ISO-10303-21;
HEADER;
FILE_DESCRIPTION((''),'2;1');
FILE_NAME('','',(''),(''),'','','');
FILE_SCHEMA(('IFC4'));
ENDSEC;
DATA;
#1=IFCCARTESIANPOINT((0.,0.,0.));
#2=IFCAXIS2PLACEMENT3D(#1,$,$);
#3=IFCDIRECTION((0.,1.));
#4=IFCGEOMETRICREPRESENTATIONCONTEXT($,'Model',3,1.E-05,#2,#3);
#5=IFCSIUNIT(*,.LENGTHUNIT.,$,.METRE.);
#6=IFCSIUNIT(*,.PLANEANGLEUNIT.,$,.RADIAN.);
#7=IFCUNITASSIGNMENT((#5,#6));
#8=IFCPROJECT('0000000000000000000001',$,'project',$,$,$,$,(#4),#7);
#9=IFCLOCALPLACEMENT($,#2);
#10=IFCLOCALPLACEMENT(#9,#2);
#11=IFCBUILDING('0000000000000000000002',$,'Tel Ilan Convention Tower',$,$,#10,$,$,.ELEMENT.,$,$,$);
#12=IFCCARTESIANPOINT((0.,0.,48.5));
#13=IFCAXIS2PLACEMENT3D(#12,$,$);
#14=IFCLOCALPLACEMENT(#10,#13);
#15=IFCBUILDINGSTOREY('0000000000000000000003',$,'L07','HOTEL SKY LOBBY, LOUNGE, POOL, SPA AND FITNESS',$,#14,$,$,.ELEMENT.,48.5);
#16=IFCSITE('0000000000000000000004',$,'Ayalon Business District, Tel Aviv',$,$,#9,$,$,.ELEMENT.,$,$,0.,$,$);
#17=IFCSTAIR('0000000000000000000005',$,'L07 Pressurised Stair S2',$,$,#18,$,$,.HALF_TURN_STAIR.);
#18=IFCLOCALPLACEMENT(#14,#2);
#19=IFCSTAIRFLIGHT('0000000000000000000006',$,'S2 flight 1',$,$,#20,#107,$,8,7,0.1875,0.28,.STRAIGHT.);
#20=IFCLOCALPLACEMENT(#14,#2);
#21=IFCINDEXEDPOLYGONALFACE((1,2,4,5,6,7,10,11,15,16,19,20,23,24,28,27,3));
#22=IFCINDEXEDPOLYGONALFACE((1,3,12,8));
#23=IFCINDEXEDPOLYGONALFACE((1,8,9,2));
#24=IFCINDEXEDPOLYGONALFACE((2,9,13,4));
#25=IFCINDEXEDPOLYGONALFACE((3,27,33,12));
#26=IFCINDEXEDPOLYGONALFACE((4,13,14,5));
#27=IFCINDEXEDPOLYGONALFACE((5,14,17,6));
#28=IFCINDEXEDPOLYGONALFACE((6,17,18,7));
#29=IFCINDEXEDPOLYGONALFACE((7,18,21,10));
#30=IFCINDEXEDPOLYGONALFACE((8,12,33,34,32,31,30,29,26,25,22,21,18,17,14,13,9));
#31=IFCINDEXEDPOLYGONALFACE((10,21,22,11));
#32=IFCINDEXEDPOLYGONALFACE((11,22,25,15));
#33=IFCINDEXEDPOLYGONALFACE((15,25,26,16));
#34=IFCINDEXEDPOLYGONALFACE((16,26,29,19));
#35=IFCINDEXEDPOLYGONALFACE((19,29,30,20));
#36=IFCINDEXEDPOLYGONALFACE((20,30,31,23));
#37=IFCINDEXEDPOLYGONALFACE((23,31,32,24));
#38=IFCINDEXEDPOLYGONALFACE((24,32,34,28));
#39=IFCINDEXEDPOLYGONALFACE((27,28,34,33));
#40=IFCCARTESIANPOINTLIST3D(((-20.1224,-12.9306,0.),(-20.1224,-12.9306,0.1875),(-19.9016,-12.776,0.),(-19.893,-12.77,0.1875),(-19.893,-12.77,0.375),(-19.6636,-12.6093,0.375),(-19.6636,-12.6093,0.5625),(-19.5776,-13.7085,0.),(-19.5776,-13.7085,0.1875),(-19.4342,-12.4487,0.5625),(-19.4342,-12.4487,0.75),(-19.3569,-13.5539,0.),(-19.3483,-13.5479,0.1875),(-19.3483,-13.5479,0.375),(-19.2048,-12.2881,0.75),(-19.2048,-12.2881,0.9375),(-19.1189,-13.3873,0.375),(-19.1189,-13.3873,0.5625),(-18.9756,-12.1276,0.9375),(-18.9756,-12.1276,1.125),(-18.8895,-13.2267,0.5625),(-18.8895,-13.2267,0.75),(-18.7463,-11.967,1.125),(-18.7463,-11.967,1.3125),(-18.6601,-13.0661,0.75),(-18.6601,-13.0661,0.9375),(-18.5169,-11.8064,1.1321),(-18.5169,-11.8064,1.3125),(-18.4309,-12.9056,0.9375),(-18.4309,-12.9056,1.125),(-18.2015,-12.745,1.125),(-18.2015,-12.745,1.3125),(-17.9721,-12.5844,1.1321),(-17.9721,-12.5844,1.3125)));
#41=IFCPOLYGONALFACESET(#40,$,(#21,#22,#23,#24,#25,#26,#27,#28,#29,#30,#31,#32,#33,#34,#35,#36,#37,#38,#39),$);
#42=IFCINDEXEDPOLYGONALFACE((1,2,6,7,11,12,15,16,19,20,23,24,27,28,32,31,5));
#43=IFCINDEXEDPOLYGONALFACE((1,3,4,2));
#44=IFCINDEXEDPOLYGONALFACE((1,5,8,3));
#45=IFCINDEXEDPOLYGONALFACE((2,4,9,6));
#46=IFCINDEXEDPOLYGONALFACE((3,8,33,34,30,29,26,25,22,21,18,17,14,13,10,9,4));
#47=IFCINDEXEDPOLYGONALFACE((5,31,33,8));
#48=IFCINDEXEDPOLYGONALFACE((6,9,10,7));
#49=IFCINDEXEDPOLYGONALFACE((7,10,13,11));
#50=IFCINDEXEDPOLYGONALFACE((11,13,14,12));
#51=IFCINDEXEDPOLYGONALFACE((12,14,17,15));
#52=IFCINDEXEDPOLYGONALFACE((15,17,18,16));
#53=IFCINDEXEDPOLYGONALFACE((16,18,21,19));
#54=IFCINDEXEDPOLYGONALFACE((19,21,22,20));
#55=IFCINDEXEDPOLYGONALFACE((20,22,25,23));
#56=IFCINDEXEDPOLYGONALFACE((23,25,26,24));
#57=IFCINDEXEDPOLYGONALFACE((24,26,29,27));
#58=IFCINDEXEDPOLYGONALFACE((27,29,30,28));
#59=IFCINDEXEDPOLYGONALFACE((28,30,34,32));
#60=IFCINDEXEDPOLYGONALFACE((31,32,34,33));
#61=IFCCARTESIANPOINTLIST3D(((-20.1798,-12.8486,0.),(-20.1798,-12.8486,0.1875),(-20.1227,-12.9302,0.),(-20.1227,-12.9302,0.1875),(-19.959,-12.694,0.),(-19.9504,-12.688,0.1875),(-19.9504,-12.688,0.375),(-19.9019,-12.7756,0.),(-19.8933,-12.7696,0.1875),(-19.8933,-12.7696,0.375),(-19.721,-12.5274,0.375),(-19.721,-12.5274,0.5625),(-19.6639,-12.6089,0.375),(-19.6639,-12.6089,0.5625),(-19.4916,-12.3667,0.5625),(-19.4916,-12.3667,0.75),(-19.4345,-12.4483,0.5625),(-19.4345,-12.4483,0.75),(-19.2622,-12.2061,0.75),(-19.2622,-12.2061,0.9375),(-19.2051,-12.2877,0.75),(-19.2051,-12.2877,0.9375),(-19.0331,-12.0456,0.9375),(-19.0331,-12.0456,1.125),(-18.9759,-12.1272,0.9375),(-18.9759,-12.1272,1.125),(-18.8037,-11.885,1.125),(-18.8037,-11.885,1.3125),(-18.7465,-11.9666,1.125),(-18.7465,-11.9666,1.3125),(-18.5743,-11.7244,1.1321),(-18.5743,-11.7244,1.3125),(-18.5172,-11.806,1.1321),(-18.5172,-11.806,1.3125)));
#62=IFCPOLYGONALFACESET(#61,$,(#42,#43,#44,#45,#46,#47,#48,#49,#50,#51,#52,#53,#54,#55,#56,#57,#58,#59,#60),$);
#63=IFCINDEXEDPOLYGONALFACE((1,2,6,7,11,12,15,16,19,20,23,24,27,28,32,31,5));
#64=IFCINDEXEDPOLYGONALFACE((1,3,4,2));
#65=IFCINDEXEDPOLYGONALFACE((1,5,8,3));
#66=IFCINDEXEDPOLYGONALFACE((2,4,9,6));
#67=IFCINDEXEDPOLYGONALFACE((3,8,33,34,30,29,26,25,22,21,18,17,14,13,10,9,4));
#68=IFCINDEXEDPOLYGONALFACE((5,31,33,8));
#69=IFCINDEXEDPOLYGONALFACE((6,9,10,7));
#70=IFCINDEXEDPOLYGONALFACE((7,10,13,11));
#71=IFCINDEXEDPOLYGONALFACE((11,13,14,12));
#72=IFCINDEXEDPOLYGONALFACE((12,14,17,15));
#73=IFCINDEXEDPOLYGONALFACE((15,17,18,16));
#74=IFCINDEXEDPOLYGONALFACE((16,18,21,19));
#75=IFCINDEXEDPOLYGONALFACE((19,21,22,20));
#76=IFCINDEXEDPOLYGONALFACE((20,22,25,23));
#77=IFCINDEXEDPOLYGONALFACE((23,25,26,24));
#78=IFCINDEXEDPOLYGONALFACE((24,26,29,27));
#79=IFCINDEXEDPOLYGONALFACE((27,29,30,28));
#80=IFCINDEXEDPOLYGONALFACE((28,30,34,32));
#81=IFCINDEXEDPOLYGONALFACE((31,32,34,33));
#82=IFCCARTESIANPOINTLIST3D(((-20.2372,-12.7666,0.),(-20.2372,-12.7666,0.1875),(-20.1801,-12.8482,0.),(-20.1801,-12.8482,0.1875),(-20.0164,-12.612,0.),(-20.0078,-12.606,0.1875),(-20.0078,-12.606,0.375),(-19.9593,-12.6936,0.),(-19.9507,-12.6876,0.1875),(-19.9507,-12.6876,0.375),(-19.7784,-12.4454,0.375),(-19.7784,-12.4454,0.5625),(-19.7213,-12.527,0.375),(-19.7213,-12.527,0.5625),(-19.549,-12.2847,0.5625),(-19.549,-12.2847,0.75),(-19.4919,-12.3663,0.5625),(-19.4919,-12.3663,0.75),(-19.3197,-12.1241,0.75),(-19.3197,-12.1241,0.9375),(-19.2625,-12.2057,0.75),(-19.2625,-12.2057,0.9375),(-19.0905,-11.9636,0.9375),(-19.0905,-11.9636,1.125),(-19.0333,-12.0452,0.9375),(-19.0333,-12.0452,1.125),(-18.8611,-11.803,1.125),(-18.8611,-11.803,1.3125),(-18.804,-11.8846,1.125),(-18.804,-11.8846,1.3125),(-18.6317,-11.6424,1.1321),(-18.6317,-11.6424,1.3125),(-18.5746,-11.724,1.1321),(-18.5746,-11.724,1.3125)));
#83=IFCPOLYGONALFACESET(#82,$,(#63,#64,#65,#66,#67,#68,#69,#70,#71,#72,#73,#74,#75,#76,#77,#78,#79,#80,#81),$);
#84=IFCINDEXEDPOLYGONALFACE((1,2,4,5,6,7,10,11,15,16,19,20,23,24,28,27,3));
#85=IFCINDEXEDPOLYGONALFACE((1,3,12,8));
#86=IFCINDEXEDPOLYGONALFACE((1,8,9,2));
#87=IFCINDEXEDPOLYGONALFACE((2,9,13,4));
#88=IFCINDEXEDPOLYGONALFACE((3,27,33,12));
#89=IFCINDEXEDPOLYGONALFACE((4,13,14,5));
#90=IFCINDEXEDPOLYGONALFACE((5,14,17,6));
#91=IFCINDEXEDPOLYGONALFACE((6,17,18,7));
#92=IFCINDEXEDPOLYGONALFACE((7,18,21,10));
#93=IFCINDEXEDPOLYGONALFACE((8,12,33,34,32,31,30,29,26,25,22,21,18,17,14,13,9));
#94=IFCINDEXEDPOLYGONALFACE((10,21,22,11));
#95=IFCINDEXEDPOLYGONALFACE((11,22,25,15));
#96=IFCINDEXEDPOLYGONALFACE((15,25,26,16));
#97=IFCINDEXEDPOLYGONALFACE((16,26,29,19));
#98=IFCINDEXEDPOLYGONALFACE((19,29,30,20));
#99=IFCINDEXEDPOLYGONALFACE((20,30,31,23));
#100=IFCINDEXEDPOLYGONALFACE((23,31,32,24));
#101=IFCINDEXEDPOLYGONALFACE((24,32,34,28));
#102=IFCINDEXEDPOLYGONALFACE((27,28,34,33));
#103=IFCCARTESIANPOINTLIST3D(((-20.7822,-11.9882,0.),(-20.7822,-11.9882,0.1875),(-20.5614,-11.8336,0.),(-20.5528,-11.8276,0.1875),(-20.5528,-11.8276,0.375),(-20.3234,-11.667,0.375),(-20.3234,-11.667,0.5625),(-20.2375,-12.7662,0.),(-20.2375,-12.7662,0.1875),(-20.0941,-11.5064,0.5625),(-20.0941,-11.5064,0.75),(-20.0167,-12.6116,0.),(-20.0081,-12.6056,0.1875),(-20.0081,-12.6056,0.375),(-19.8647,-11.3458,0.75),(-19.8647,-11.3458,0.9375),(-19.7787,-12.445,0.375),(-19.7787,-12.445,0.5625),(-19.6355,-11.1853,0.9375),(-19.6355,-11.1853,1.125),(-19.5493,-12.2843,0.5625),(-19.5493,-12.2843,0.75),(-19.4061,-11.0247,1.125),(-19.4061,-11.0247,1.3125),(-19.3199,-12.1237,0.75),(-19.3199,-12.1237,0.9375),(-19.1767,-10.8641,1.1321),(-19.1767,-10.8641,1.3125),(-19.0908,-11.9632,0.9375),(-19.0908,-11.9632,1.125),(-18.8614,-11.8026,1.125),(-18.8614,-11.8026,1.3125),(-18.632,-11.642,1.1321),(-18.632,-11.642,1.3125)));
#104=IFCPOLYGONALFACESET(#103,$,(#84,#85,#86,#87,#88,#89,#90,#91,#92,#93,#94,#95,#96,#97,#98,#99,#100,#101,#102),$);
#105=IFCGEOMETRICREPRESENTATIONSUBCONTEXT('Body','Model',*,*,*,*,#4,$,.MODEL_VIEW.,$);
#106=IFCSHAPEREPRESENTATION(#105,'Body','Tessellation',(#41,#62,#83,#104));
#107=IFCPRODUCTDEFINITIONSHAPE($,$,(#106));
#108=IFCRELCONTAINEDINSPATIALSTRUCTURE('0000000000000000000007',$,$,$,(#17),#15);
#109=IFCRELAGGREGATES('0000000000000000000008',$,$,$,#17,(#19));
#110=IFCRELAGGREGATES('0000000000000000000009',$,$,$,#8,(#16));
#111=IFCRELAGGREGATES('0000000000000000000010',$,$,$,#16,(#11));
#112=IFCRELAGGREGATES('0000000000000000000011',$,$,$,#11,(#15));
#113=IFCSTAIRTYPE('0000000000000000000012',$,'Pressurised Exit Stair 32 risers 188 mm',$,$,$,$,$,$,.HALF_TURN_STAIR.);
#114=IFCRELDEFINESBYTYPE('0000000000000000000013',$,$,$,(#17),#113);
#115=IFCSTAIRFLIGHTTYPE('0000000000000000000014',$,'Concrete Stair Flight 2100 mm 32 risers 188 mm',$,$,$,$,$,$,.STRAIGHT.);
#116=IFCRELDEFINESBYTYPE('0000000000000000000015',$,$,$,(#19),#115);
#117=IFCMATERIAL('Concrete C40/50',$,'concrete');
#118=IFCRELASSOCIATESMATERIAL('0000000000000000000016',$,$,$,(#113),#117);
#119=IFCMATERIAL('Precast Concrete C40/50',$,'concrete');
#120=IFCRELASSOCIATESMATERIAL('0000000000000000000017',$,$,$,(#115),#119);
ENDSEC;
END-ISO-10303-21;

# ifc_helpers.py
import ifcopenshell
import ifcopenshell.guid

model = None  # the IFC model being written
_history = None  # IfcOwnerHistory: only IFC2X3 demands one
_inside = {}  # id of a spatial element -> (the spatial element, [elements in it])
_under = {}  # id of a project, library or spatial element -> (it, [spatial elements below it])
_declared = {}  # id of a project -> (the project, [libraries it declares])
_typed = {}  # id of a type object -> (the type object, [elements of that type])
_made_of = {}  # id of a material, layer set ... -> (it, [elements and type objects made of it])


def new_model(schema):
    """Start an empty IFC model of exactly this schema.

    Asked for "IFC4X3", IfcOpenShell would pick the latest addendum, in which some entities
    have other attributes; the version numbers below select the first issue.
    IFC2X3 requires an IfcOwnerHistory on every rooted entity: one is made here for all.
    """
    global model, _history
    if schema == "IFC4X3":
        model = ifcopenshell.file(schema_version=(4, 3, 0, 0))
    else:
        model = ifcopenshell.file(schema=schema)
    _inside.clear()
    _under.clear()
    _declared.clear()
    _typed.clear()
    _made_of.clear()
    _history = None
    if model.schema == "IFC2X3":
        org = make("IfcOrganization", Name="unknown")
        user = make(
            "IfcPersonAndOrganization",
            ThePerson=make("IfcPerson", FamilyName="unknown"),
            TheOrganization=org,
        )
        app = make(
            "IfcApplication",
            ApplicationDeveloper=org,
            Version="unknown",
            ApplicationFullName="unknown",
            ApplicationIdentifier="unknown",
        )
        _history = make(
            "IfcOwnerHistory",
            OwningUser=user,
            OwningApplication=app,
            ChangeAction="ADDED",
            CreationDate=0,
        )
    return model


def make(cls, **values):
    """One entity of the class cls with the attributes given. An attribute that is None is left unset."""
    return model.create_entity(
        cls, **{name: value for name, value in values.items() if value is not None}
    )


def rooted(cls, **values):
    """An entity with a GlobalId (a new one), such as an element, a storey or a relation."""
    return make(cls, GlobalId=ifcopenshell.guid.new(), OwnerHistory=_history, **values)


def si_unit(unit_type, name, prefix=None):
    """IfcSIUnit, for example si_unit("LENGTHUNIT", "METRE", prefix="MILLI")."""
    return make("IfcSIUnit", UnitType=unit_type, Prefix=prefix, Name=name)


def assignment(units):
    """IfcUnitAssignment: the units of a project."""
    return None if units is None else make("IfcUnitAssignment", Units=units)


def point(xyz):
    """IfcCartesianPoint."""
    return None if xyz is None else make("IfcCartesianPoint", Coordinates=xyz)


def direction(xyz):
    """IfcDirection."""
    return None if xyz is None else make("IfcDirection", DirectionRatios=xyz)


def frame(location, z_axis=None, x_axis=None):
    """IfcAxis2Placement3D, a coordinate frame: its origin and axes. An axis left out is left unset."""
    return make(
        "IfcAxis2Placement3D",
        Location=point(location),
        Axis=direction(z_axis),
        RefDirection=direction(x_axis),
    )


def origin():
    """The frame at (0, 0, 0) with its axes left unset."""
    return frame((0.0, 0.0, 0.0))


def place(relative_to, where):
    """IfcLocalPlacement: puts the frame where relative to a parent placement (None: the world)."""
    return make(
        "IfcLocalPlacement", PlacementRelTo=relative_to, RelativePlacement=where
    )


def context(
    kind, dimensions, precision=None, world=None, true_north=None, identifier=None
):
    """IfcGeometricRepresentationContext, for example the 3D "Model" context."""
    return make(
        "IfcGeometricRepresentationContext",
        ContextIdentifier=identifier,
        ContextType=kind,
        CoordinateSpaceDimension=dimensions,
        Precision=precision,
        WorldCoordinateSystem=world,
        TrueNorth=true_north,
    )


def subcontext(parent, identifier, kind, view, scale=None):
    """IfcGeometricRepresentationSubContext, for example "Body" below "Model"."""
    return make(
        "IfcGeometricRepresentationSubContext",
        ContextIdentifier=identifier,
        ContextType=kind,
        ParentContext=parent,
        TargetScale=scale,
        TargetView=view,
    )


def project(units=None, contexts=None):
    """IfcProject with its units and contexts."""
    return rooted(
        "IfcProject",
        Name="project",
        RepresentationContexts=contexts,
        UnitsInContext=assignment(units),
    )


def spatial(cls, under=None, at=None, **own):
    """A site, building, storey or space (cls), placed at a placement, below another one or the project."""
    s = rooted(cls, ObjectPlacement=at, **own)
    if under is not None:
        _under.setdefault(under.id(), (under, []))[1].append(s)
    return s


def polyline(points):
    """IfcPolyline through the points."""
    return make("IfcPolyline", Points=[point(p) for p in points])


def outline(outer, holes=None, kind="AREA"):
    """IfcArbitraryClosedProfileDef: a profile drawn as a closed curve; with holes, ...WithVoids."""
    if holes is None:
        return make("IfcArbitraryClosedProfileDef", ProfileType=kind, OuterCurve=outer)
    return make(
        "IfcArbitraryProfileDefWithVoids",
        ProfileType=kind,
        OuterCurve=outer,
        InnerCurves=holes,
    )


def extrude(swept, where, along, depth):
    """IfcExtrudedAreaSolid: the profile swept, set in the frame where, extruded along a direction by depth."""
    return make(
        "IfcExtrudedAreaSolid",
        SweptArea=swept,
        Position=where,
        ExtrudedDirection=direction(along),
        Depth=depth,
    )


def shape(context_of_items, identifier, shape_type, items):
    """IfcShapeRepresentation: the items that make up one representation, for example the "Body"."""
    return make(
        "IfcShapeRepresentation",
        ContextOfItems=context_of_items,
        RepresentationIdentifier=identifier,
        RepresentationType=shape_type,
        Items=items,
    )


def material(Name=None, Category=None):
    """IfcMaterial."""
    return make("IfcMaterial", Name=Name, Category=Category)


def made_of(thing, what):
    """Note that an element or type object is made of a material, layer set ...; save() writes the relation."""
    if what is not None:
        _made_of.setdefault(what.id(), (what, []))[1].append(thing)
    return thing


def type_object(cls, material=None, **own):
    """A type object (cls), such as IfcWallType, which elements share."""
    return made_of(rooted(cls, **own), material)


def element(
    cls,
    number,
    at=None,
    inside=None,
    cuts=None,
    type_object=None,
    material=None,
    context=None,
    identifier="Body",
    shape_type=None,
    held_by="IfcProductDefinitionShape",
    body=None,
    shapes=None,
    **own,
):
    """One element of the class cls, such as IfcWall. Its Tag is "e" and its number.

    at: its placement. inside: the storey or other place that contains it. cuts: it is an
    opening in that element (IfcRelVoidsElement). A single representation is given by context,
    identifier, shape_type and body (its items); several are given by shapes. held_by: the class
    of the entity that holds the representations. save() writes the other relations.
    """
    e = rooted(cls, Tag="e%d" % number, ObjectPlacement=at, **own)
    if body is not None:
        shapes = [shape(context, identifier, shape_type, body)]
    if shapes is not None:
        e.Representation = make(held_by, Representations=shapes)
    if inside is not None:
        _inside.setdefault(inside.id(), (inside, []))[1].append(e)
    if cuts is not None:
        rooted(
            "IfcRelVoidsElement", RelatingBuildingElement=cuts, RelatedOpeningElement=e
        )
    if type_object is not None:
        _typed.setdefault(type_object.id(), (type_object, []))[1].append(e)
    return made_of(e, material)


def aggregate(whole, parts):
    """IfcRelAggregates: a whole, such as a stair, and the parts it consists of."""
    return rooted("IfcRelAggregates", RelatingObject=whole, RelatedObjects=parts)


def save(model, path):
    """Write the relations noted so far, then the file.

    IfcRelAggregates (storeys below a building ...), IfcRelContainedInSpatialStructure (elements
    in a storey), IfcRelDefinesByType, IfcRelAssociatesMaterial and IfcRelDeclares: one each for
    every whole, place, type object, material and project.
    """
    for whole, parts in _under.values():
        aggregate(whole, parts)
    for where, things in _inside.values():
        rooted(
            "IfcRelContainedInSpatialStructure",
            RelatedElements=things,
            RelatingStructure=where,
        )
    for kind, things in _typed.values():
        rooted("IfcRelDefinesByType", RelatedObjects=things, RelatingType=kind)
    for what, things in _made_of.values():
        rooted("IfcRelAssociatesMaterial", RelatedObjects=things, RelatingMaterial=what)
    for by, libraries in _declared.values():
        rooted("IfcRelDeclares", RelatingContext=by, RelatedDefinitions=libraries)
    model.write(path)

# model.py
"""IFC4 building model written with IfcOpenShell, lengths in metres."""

from ifc_helpers import new_model, si_unit, direction, frame, origin, place, context, subcontext, project, spatial, polyline, outline, extrude, material, type_object, element, aggregate, save


model = new_model("IFC4")

# Units and contexts
model_context = context("Model", 3, precision=1e-05, world=origin(), true_north=direction((0.0, 1.0)))
body_context = subcontext(model_context, "Body", "Model", "MODEL_VIEW")
ifc_project = project(units=[si_unit("LENGTHUNIT", "METRE"), si_unit("PLANEANGLEUNIT", "RADIAN")], contexts=[model_context])

# Site, building, storey
site_placement = place(None, origin())
site = spatial("IfcSite", under=ifc_project, at=site_placement, Name="Ayalon Business District, Tel Aviv", CompositionType="ELEMENT", RefElevation=0.0)
building_placement = place(site_placement, origin())
building = spatial("IfcBuilding", under=site, at=building_placement, Name="Tel Ilan Convention Tower", CompositionType="ELEMENT")
storey_placement = place(building_placement, frame((0.0, 0.0, 48.5)))
storey = spatial("IfcBuildingStorey", under=building, at=storey_placement, Name="L07", Description="HOTEL SKY LOBBY, LOUNGE, POOL, SPA AND FITNESS", CompositionType="ELEMENT", Elevation=48.5)

# Stair, stair flight
ifc_material_1 = material(Name="Concrete C40/50", Category="concrete")
stair_type = type_object("IfcStairType", Name="Pressurised Exit Stair 32 risers 188 mm", PredefinedType="HALF_TURN_STAIR", material=ifc_material_1)
ifc_material_2 = material(Name="Precast Concrete C40/50", Category="concrete")
stair_flight_type = type_object("IfcStairFlightType", Name="Concrete Stair Flight 2100 mm 32 risers 188 mm", PredefinedType="STRAIGHT", material=ifc_material_2)
stair_1_placement = place(storey_placement, origin())
stair_1 = element("IfcStair", 1, at=stair_1_placement, inside=storey, type_object=stair_type, Name="L07 Pressurised Stair S2", PredefinedType="HALF_TURN_STAIR")
stair_flight_1_placement = place(storey_placement, frame((-20.1799, -12.8484, 0.0), z_axis=(0.0, 0.0, 1.0), x_axis=(0.819152, 0.573576, 0.0)))
stair_flight_1 = element("IfcStairFlight", 2, at=stair_flight_1_placement, type_object=stair_flight_type, Name="S2 flight 1", NumberOfRisers=8, NumberOfTreads=7, PredefinedType="STRAIGHT", RiserHeight=0.1875, TreadLength=0.28, context=body_context, shape_type="SweptSolid", body=[
    extrude(outline(polyline([(0.0, 0.0), (0.0, 0.1875), (0.28, 0.1875), (0.28, 0.375), (0.5601, 0.375), (0.5601, 0.5625), (0.8401, 0.5625), (0.8401, 0.75), (1.1201, 0.75), (1.1201, 0.9375), (1.3999, 0.9375), (1.3999, 1.125), (1.6799, 1.125), (1.6799, 1.3125), (1.96, 1.3125), (1.96, 1.5), (1.96, 1.1321), (0.2695, 0.0), (0.0, 0.0)])), frame((0.0, -0.1003, 0.0), z_axis=(0.0, -1.0, 0.0), x_axis=(1.0, 0.0, 0.0)), (0.0, 0.0, 1.0), 0.9497),
    extrude(outline(polyline([(0.0, 0.0), (0.0, 0.1875), (0.28, 0.1875), (0.28, 0.375), (0.5601, 0.375), (0.5601, 0.5625), (0.8401, 0.5625), (0.8401, 0.75), (1.1201, 0.75), (1.1201, 0.9375), (1.3999, 0.9375), (1.3999, 1.125), (1.6799, 1.125), (1.6799, 1.3125), (1.96, 1.3125), (1.96, 1.5), (1.96, 1.1321), (0.2695, 0.0), (0.0, 0.0)])), frame((0.0, -0.0002, 0.0), z_axis=(0.0, -1.0, 0.0), x_axis=(1.0, 0.0, 0.0)), (0.0, 0.0, 1.0), 0.0996),
    extrude(outline(polyline([(0.0, 0.0), (0.0, 0.1875), (0.28, 0.1875), (0.28, 0.375), (0.5601, 0.375), (0.5601, 0.5625), (0.8401, 0.5625), (0.8401, 0.75), (1.1201, 0.75), (1.1201, 0.9375), (1.3999, 0.9375), (1.3999, 1.125), (1.6799, 1.125), (1.6799, 1.3125), (1.96, 1.3125), (1.96, 1.5), (1.96, 1.1321), (0.2695, 0.0), (0.0, 0.0)])), frame((0.0, 0.0999, 0.0), z_axis=(0.0, -1.0, 0.0), x_axis=(1.0, 0.0, 0.0)), (0.0, 0.0, 1.0), 0.0996),
    extrude(outline(polyline([(0.0, 0.0), (0.0, 0.1875), (0.28, 0.1875), (0.28, 0.375), (0.5601, 0.375), (0.5601, 0.5625), (0.8401, 0.5625), (0.8401, 0.75), (1.1201, 0.75), (1.1201, 0.9375), (1.3999, 0.9375), (1.3999, 1.125), (1.6799, 1.125), (1.6799, 1.3125), (1.96, 1.3125), (1.96, 1.5), (1.96, 1.1321), (0.2695, 0.0), (0.0, 0.0)])), frame((0.0, 1.05, 0.0), z_axis=(0.0, -1.0, 0.0), x_axis=(1.0, 0.0, 0.0)), (0.0, 0.0, 1.0), 0.9497),
])
aggregate(stair_1, [stair_flight_1])

save(model, "model.ifc")
